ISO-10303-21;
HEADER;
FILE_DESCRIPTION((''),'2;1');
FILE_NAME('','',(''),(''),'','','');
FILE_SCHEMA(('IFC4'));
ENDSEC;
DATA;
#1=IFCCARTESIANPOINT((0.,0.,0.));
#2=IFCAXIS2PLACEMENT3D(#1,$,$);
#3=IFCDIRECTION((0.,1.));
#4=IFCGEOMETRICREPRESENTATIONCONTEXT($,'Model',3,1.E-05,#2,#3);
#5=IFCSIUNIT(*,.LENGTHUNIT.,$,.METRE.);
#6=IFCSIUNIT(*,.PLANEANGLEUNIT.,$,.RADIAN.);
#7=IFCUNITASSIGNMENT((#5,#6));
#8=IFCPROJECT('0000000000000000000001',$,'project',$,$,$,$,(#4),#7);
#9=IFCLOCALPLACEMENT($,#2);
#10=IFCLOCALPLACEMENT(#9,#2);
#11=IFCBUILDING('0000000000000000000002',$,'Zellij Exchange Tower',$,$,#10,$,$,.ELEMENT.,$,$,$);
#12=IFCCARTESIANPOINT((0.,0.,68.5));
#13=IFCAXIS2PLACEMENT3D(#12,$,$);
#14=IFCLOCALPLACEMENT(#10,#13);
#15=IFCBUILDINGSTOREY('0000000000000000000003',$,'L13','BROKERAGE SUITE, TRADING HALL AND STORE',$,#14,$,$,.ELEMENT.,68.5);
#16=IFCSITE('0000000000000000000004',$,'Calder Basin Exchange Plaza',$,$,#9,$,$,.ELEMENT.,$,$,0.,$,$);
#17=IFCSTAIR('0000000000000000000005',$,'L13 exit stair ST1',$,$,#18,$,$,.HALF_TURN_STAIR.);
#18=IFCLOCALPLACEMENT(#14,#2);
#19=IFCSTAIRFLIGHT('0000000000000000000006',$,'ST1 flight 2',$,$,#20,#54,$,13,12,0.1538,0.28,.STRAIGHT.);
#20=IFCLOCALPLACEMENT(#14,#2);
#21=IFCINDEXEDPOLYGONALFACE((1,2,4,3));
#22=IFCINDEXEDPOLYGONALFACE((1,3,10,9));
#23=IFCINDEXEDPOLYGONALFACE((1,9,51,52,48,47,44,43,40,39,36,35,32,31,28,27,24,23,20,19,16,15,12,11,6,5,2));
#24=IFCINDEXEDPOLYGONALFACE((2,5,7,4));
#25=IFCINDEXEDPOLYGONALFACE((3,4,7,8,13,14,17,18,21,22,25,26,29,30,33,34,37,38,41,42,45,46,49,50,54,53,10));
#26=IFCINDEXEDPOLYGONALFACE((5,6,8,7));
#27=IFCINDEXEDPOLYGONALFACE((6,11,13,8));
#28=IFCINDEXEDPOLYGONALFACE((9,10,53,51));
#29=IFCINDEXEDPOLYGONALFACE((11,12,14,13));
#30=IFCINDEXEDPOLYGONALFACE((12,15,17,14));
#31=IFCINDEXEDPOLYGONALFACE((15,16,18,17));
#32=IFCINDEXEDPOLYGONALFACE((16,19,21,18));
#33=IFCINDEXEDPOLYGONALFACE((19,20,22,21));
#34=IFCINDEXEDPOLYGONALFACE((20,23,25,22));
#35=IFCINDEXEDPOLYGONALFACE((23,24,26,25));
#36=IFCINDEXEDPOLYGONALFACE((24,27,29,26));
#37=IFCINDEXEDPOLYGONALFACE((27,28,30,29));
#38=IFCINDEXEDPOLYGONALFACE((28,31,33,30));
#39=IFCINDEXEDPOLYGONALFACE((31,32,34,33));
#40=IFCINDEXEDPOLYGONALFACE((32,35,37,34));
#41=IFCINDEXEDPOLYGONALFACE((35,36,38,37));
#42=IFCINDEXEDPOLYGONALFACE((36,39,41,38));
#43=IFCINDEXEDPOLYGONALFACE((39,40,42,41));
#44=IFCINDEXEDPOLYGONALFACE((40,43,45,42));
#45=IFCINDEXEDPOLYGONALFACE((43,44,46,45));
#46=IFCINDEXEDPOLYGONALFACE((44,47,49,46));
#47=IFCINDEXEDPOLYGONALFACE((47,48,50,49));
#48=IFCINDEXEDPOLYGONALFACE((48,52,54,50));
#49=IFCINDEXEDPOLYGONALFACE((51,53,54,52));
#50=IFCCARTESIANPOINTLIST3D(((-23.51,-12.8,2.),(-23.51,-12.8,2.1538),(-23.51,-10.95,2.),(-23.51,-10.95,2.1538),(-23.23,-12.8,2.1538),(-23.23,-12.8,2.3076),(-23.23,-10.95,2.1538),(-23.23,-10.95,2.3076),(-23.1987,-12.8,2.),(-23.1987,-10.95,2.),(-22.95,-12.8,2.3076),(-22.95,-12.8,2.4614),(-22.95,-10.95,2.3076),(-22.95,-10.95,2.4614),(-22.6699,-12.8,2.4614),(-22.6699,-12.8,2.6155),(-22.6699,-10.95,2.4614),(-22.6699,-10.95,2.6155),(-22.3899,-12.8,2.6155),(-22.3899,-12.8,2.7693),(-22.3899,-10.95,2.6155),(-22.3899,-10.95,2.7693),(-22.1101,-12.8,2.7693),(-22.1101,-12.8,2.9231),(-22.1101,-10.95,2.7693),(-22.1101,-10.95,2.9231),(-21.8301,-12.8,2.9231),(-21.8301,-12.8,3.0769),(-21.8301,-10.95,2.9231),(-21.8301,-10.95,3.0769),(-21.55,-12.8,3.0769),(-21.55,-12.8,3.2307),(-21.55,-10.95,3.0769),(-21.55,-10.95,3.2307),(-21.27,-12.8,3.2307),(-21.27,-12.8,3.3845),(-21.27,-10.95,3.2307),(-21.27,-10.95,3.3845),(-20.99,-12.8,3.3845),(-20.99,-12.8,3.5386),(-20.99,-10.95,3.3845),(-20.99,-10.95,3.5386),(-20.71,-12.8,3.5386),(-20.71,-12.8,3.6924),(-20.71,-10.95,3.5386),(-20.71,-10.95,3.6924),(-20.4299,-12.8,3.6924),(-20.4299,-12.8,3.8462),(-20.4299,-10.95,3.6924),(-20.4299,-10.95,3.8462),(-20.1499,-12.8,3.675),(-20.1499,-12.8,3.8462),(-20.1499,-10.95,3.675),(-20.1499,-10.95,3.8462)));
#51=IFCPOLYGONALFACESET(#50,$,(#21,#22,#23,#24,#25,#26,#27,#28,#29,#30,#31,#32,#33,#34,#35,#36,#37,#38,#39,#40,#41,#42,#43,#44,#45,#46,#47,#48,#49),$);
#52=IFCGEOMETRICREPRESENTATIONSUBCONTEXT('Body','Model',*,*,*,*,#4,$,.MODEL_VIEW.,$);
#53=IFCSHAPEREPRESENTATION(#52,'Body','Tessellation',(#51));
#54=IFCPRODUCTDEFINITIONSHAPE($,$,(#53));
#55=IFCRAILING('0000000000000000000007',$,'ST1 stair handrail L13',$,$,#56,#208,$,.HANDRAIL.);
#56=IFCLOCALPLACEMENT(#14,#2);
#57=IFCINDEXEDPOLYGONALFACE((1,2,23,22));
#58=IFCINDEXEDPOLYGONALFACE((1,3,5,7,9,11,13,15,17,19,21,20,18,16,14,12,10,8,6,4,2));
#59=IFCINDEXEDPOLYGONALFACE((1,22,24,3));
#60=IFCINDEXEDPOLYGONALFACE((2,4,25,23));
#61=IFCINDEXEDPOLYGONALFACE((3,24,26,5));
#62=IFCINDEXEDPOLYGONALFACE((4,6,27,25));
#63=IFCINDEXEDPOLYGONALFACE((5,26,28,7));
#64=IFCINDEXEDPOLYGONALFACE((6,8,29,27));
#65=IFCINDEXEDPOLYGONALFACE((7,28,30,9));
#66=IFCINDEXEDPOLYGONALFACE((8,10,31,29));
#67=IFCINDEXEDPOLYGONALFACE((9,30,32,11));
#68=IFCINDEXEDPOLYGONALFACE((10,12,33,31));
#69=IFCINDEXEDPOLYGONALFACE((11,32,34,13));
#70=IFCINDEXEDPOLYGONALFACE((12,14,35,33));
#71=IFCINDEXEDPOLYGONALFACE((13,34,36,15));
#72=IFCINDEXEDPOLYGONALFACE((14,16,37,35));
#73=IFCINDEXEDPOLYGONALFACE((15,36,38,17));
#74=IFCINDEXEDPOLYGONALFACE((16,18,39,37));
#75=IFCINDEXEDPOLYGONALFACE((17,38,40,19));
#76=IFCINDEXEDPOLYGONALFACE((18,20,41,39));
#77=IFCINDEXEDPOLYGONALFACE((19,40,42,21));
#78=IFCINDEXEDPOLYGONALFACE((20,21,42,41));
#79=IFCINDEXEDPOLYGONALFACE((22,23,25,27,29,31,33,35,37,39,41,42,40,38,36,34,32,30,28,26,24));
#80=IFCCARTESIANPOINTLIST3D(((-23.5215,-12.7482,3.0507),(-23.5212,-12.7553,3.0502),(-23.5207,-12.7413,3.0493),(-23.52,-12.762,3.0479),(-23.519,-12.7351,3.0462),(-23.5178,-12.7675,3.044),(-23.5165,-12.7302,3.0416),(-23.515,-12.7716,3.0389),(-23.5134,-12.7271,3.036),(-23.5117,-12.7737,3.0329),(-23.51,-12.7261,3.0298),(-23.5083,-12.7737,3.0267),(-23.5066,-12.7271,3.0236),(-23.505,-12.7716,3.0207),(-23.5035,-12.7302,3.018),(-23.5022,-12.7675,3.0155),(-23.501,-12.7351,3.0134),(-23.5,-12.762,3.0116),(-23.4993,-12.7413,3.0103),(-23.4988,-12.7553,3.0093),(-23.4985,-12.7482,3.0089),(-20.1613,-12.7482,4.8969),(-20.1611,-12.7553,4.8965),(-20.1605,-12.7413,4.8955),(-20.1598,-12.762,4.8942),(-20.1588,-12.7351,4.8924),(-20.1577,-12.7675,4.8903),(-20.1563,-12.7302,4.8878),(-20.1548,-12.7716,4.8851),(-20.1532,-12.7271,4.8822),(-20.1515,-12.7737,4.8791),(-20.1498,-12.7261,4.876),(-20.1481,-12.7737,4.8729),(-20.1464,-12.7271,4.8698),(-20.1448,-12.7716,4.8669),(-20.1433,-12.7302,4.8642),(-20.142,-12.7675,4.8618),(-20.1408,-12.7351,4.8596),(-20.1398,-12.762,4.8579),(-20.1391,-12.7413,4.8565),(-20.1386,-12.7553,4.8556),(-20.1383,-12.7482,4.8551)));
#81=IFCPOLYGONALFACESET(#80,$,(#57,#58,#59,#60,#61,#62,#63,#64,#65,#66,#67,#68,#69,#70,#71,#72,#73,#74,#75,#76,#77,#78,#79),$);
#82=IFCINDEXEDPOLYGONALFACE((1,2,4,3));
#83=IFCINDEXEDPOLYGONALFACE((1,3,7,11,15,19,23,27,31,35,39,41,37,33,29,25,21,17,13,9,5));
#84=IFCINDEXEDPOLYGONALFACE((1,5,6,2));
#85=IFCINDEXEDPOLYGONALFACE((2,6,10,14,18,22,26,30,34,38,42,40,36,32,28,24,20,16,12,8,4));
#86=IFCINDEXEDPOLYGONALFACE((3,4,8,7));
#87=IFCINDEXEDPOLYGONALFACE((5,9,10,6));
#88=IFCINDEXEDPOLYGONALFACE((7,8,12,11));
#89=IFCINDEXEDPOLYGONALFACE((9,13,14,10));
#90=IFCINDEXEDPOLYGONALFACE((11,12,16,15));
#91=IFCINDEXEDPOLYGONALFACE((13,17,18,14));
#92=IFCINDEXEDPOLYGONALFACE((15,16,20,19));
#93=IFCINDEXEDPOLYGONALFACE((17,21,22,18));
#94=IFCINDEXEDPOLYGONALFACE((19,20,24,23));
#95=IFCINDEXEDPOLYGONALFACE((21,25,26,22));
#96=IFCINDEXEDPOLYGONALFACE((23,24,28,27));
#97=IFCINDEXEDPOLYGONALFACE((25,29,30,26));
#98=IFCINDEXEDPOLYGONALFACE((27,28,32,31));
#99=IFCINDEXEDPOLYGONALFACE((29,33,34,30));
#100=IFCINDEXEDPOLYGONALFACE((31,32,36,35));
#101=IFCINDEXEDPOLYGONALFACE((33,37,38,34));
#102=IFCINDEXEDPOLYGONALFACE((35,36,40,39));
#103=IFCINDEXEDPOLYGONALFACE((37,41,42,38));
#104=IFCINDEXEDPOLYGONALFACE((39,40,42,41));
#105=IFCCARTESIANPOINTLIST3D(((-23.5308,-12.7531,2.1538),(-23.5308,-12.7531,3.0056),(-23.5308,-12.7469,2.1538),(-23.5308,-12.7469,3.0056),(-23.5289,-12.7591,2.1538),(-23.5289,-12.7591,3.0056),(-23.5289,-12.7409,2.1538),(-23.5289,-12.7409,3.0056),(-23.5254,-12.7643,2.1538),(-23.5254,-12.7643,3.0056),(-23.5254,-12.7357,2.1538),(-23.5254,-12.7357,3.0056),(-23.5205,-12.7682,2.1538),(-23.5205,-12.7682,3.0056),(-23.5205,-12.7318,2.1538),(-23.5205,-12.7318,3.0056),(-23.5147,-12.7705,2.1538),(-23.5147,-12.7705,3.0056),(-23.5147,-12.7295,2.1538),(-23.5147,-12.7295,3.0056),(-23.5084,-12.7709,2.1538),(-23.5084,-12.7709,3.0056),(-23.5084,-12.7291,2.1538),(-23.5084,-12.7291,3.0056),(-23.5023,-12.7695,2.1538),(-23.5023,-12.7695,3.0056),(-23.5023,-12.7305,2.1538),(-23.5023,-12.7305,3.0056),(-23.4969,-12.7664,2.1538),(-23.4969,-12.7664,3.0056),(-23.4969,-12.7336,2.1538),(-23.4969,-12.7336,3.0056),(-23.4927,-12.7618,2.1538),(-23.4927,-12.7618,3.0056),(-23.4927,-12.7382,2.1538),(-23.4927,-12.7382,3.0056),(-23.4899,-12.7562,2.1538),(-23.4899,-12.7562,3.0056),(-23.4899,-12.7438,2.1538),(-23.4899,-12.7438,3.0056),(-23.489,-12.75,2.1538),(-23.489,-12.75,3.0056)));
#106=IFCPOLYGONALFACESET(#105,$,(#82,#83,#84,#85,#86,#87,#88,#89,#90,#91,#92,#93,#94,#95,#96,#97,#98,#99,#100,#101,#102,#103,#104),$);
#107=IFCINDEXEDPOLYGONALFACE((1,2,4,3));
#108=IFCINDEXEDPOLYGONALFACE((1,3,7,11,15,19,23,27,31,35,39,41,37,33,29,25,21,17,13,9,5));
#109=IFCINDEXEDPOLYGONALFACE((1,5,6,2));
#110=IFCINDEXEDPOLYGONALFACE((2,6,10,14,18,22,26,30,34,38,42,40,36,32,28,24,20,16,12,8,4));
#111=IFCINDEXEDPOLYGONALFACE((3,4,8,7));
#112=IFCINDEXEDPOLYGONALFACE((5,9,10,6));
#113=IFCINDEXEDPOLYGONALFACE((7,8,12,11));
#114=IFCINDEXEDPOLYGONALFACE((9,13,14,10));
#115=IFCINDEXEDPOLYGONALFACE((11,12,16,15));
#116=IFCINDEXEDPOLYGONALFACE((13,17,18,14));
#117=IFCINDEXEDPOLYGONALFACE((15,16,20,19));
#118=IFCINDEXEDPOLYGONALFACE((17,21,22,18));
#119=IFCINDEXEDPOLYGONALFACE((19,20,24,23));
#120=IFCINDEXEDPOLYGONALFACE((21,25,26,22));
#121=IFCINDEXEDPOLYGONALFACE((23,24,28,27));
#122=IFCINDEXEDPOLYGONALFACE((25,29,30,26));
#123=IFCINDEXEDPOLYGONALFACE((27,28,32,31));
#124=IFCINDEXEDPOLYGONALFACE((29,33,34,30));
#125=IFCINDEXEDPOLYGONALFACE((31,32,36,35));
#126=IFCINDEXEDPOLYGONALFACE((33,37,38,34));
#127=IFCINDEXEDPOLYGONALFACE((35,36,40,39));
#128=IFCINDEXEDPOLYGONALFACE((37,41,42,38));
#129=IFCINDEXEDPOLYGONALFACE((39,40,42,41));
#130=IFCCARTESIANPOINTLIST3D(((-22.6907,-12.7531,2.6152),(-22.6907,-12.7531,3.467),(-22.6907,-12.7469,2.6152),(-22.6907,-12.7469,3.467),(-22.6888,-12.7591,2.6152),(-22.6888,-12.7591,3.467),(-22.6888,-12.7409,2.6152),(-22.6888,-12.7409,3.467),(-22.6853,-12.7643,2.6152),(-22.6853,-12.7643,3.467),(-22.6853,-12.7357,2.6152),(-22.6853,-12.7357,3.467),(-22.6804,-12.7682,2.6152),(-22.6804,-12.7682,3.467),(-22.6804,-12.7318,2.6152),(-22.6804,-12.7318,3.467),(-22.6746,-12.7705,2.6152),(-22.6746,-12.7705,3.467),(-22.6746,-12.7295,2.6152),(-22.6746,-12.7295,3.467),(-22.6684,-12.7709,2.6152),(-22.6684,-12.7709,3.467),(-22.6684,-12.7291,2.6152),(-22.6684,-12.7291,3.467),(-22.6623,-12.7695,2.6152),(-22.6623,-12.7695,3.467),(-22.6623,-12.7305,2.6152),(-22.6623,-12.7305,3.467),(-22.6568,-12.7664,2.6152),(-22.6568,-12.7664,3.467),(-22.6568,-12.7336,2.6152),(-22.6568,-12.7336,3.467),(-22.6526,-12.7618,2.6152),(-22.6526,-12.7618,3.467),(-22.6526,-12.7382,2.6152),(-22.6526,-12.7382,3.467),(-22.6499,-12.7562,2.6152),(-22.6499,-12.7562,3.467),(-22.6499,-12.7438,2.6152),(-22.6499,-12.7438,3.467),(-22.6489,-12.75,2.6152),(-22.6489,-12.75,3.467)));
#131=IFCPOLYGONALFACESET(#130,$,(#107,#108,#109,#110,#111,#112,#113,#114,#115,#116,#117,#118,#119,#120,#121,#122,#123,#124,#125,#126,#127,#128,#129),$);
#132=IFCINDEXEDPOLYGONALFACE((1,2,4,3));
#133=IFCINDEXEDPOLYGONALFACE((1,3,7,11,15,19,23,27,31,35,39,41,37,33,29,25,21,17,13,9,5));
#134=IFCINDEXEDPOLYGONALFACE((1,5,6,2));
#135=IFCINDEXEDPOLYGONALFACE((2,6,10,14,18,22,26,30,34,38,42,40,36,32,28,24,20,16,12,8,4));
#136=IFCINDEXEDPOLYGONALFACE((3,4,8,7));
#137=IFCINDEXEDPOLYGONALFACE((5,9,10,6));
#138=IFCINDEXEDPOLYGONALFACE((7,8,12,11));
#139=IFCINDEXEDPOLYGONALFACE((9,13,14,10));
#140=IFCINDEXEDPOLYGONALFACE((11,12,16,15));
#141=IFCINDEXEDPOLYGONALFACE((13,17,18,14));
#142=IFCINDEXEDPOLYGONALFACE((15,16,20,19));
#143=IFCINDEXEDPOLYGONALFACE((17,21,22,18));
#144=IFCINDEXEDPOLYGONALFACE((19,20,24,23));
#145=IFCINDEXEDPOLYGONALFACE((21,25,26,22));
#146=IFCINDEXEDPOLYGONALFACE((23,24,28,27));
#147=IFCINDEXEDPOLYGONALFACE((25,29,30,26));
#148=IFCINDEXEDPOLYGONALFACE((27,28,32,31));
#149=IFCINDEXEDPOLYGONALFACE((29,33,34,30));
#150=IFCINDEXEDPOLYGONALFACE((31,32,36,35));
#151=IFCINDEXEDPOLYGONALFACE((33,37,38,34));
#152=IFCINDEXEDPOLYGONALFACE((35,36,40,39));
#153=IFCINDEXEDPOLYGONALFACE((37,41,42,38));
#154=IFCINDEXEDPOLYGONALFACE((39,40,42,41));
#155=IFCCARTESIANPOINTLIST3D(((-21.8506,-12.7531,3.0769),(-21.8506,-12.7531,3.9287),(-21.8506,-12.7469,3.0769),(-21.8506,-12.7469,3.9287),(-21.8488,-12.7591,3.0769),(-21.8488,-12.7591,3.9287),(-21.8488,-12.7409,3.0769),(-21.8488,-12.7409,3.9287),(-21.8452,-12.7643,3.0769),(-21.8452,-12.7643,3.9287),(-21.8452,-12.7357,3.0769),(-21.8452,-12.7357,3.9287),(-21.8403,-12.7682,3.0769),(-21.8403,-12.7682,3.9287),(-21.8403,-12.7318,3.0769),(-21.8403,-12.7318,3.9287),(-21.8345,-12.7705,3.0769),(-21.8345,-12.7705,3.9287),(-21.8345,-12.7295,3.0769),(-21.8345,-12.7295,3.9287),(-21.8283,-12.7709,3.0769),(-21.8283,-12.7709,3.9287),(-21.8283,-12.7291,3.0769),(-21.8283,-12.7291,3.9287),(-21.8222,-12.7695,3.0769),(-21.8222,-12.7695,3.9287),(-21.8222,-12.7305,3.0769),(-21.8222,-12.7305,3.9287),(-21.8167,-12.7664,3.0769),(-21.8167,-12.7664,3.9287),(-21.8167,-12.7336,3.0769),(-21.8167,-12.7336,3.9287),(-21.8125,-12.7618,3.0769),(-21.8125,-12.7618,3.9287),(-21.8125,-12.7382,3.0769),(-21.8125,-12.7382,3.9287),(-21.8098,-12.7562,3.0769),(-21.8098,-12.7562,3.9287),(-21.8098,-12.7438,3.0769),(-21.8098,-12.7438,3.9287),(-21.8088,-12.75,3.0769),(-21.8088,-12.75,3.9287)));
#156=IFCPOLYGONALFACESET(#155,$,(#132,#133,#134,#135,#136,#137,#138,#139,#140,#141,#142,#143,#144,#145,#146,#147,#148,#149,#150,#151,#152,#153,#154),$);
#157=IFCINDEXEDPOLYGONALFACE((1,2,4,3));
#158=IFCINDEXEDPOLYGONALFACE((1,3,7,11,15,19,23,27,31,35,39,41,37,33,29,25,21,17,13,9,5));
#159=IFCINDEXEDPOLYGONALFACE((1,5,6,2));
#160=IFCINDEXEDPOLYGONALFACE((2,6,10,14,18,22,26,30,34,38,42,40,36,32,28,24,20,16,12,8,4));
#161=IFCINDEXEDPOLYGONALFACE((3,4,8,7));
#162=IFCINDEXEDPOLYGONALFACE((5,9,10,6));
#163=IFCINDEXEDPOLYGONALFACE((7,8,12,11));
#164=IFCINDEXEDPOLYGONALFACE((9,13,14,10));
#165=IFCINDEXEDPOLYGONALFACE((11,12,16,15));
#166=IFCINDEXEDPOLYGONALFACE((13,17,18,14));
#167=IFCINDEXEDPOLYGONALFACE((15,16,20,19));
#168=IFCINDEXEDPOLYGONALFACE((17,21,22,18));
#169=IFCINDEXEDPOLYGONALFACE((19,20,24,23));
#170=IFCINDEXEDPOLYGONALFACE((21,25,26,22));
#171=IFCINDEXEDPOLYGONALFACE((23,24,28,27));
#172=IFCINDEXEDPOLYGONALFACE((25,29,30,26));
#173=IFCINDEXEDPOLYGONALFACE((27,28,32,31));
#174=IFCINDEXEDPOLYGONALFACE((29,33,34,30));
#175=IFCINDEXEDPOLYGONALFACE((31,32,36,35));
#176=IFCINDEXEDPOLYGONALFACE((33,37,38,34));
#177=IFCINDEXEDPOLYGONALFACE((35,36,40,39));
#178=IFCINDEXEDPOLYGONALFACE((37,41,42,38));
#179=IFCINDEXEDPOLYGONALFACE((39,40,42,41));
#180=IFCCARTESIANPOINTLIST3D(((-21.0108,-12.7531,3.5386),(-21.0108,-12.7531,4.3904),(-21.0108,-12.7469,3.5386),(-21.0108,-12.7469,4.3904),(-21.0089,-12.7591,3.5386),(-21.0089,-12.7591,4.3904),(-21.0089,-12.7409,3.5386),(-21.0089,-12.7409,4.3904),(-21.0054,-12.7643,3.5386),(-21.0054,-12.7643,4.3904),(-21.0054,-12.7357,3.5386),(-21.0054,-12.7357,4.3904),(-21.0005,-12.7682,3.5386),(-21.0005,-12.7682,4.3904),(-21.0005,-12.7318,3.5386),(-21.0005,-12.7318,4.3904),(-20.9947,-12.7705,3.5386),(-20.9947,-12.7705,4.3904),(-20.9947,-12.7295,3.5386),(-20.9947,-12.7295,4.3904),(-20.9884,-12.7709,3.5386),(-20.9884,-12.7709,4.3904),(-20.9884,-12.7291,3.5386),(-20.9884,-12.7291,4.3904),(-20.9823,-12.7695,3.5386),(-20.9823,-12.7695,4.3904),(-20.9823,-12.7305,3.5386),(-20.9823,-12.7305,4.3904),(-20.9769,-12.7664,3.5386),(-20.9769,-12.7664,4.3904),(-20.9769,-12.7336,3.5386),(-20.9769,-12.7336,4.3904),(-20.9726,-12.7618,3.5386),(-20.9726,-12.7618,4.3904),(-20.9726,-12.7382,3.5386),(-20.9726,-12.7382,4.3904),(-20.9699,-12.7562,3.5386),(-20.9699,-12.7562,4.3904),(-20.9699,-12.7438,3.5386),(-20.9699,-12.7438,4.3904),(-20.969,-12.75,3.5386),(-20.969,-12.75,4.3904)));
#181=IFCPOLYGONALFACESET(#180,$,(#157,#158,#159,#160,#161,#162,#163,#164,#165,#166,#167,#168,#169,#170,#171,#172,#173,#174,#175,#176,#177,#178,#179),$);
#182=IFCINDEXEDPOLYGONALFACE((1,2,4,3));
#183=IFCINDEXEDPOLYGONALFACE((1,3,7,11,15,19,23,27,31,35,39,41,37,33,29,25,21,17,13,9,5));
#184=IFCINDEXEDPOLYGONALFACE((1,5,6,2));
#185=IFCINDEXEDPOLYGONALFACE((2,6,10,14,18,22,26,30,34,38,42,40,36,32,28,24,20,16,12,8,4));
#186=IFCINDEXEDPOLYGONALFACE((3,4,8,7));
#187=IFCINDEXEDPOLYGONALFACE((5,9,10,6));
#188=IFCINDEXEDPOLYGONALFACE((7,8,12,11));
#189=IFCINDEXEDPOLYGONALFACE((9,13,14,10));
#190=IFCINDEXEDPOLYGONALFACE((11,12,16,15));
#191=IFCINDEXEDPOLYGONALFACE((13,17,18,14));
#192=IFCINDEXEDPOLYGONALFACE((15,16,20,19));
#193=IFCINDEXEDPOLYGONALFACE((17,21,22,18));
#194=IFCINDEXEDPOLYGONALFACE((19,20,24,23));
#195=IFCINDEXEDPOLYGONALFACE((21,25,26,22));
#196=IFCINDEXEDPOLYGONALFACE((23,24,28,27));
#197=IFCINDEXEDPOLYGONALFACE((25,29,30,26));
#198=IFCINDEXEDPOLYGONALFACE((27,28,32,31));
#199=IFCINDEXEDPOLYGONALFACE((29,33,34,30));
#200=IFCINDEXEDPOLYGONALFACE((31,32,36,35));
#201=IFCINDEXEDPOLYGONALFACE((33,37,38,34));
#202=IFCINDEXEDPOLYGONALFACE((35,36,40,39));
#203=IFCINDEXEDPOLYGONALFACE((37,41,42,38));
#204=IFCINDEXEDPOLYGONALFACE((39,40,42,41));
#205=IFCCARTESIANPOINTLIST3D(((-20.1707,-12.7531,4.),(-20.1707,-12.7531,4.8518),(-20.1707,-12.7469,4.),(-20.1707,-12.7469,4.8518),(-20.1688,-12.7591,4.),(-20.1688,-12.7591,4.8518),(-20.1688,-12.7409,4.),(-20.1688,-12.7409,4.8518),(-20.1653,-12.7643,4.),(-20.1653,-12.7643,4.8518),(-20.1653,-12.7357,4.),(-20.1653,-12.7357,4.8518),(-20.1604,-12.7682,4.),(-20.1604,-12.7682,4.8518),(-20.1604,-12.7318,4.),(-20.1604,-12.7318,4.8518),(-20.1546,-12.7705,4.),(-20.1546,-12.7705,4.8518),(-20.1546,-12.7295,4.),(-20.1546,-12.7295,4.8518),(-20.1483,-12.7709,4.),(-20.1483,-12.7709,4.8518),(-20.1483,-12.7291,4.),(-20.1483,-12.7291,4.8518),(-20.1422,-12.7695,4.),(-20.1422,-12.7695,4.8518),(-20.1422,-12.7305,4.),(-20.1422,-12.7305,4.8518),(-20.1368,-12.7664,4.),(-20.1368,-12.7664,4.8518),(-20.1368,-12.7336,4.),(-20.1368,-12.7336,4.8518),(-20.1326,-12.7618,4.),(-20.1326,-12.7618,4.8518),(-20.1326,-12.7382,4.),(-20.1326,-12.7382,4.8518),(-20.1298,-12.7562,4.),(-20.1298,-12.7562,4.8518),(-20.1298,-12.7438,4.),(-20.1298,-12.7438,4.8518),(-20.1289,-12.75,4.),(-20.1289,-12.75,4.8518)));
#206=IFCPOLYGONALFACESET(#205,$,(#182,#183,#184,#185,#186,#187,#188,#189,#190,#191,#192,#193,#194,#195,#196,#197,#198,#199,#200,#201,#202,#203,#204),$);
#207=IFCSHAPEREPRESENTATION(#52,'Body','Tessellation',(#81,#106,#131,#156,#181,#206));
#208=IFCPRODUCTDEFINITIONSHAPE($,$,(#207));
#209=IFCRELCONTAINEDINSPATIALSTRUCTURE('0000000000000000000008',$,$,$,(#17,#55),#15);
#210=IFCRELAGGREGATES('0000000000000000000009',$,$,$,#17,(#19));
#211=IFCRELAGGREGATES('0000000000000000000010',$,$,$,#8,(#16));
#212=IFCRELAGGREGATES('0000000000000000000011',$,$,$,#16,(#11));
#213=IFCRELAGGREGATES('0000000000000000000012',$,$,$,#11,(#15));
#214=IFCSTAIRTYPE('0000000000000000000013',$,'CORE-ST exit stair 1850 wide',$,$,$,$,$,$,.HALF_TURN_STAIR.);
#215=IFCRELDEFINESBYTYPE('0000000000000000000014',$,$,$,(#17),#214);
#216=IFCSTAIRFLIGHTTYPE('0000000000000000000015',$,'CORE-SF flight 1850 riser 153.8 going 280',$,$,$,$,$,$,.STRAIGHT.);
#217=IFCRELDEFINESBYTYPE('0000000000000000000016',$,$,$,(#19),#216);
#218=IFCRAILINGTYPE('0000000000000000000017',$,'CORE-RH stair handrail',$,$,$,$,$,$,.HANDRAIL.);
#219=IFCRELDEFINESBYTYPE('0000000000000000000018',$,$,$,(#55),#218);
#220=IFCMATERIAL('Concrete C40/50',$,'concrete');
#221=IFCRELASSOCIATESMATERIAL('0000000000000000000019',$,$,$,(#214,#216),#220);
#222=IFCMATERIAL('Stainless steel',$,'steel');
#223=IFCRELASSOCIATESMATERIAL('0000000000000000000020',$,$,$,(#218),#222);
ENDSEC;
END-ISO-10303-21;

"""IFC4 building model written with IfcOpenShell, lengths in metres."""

from ifc_helpers import new_model, si_unit, direction, frame, origin, origin_2d, place, context, subcontext, project, spatial, polyline, circle, outline, extrude, material, type_object, element, aggregate, save


model = new_model("IFC4")

# Units and contexts
model_context = context("Model", 3, precision=1e-05, world=origin(), true_north=direction((0.0, 1.0)))
body_context = subcontext(model_context, "Body", "Model", "MODEL_VIEW")
ifc_project = project(units=[si_unit("LENGTHUNIT", "METRE"), si_unit("PLANEANGLEUNIT", "RADIAN")], contexts=[model_context])

# Site, building, storey
site_placement = place(None, origin())
site = spatial("IfcSite", under=ifc_project, at=site_placement, Name="Calder Basin Exchange Plaza", CompositionType="ELEMENT", RefElevation=0.0)
building_placement = place(site_placement, origin())
building = spatial("IfcBuilding", under=site, at=building_placement, Name="Zellij Exchange Tower", CompositionType="ELEMENT")
storey_placement = place(building_placement, frame((0.0, 0.0, 68.5)))
storey = spatial("IfcBuildingStorey", under=building, at=storey_placement, Name="L13", Description="BROKERAGE SUITE, TRADING HALL AND STORE", CompositionType="ELEMENT", Elevation=68.5)

# Stair, stair flight
ifc_material_1 = material(Name="Concrete C40/50", Category="concrete")
stair_type = type_object("IfcStairType", Name="CORE-ST exit stair 1850 wide", PredefinedType="HALF_TURN_STAIR", material=ifc_material_1)
stair_placement = place(storey_placement, origin())
stair = element("IfcStair", 1, at=stair_placement, inside=storey, type_object=stair_type, Name="L13 exit stair ST1", PredefinedType="HALF_TURN_STAIR")
stair_flight_type = type_object("IfcStairFlightType", Name="CORE-SF flight 1850 riser 153.8 going 280", PredefinedType="STRAIGHT", material=ifc_material_1)
stair_flight_placement = place(storey_placement, frame((-23.51, -11.875, 2.0), z_axis=(0.0, 0.0, 1.0), x_axis=(1.0, 0.0, 0.0)))
stair_flight = element("IfcStairFlight", 2, at=stair_flight_placement, type_object=stair_flight_type, Name="ST1 flight 2", NumberOfRisers=13, NumberOfTreads=12, PredefinedType="STRAIGHT", RiserHeight=0.1538, TreadLength=0.28, context=body_context, shape_type="SweptSolid", body=[
    extrude(outline(polyline([(0.0, 0.0), (0.0, 0.1538), (0.28, 0.1538), (0.28, 0.3076), (0.5601, 0.3076), (0.5601, 0.4614), (0.8401, 0.4614), (0.8401, 0.6155), (1.1201, 0.6155), (1.1201, 0.7693), (1.3999, 0.7693), (1.3999, 0.9231), (1.6799, 0.9231), (1.6799, 1.0769), (1.96, 1.0769), (1.96, 1.2307), (2.24, 1.2307), (2.24, 1.3845), (2.52, 1.3845), (2.52, 1.5386), (2.8, 1.5386), (2.8, 1.6924), (3.0801, 1.6924), (3.0801, 1.8462), (3.3601, 1.8462), (3.3601, 2.0), (3.3601, 1.675), (0.3113, 0.0), (0.0, 0.0)])), frame((0.0, 0.925, 0.0), z_axis=(0.0, -1.0, 0.0), x_axis=(1.0, 0.0, 0.0)), (0.0, 0.0, 1.0), 1.8501),
])
aggregate(stair, [stair_flight])

# Railing
ifc_material_2 = material(Name="Stainless steel", Category="steel")
railing_type = type_object("IfcRailingType", Name="CORE-RH stair handrail", PredefinedType="HANDRAIL", material=ifc_material_2)
railing_placement = place(storey_placement, frame((-23.51, -12.75, 2.1538)))
element("IfcRailing", 3, at=railing_placement, inside=storey, type_object=railing_type, Name="ST1 stair handrail L13", PredefinedType="HANDRAIL", context=body_context, shape_type="SweptSolid", body=[
    extrude(circle(Radius=0.0239, at=origin_2d()), frame((0.0, 0.0, 0.876), z_axis=(0.876422, 0.0, 0.481545), x_axis=(0.0, 1.0, 0.0)), (0.0, 0.0, 1.0), 3.834),
    extrude(circle(Radius=0.021, at=origin_2d()), origin(), (0.0, 0.0, 1.0), 0.8518),
    extrude(circle(Radius=0.021, at=origin_2d()), frame((0.8401, 0.0, 0.4614)), (0.0, 0.0, 1.0), 0.8518),
    extrude(circle(Radius=0.021, at=origin_2d()), frame((1.6802, 0.0, 0.9231)), (0.0, 0.0, 1.0), 0.8518),
    extrude(circle(Radius=0.021, at=origin_2d()), frame((2.52, 0.0, 1.3848)), (0.0, 0.0, 1.0), 0.8518),
    extrude(circle(Radius=0.021, at=origin_2d()), frame((3.3601, 0.0, 1.8462)), (0.0, 0.0, 1.0), 0.8518),
])

save(model, "model.ifc")
